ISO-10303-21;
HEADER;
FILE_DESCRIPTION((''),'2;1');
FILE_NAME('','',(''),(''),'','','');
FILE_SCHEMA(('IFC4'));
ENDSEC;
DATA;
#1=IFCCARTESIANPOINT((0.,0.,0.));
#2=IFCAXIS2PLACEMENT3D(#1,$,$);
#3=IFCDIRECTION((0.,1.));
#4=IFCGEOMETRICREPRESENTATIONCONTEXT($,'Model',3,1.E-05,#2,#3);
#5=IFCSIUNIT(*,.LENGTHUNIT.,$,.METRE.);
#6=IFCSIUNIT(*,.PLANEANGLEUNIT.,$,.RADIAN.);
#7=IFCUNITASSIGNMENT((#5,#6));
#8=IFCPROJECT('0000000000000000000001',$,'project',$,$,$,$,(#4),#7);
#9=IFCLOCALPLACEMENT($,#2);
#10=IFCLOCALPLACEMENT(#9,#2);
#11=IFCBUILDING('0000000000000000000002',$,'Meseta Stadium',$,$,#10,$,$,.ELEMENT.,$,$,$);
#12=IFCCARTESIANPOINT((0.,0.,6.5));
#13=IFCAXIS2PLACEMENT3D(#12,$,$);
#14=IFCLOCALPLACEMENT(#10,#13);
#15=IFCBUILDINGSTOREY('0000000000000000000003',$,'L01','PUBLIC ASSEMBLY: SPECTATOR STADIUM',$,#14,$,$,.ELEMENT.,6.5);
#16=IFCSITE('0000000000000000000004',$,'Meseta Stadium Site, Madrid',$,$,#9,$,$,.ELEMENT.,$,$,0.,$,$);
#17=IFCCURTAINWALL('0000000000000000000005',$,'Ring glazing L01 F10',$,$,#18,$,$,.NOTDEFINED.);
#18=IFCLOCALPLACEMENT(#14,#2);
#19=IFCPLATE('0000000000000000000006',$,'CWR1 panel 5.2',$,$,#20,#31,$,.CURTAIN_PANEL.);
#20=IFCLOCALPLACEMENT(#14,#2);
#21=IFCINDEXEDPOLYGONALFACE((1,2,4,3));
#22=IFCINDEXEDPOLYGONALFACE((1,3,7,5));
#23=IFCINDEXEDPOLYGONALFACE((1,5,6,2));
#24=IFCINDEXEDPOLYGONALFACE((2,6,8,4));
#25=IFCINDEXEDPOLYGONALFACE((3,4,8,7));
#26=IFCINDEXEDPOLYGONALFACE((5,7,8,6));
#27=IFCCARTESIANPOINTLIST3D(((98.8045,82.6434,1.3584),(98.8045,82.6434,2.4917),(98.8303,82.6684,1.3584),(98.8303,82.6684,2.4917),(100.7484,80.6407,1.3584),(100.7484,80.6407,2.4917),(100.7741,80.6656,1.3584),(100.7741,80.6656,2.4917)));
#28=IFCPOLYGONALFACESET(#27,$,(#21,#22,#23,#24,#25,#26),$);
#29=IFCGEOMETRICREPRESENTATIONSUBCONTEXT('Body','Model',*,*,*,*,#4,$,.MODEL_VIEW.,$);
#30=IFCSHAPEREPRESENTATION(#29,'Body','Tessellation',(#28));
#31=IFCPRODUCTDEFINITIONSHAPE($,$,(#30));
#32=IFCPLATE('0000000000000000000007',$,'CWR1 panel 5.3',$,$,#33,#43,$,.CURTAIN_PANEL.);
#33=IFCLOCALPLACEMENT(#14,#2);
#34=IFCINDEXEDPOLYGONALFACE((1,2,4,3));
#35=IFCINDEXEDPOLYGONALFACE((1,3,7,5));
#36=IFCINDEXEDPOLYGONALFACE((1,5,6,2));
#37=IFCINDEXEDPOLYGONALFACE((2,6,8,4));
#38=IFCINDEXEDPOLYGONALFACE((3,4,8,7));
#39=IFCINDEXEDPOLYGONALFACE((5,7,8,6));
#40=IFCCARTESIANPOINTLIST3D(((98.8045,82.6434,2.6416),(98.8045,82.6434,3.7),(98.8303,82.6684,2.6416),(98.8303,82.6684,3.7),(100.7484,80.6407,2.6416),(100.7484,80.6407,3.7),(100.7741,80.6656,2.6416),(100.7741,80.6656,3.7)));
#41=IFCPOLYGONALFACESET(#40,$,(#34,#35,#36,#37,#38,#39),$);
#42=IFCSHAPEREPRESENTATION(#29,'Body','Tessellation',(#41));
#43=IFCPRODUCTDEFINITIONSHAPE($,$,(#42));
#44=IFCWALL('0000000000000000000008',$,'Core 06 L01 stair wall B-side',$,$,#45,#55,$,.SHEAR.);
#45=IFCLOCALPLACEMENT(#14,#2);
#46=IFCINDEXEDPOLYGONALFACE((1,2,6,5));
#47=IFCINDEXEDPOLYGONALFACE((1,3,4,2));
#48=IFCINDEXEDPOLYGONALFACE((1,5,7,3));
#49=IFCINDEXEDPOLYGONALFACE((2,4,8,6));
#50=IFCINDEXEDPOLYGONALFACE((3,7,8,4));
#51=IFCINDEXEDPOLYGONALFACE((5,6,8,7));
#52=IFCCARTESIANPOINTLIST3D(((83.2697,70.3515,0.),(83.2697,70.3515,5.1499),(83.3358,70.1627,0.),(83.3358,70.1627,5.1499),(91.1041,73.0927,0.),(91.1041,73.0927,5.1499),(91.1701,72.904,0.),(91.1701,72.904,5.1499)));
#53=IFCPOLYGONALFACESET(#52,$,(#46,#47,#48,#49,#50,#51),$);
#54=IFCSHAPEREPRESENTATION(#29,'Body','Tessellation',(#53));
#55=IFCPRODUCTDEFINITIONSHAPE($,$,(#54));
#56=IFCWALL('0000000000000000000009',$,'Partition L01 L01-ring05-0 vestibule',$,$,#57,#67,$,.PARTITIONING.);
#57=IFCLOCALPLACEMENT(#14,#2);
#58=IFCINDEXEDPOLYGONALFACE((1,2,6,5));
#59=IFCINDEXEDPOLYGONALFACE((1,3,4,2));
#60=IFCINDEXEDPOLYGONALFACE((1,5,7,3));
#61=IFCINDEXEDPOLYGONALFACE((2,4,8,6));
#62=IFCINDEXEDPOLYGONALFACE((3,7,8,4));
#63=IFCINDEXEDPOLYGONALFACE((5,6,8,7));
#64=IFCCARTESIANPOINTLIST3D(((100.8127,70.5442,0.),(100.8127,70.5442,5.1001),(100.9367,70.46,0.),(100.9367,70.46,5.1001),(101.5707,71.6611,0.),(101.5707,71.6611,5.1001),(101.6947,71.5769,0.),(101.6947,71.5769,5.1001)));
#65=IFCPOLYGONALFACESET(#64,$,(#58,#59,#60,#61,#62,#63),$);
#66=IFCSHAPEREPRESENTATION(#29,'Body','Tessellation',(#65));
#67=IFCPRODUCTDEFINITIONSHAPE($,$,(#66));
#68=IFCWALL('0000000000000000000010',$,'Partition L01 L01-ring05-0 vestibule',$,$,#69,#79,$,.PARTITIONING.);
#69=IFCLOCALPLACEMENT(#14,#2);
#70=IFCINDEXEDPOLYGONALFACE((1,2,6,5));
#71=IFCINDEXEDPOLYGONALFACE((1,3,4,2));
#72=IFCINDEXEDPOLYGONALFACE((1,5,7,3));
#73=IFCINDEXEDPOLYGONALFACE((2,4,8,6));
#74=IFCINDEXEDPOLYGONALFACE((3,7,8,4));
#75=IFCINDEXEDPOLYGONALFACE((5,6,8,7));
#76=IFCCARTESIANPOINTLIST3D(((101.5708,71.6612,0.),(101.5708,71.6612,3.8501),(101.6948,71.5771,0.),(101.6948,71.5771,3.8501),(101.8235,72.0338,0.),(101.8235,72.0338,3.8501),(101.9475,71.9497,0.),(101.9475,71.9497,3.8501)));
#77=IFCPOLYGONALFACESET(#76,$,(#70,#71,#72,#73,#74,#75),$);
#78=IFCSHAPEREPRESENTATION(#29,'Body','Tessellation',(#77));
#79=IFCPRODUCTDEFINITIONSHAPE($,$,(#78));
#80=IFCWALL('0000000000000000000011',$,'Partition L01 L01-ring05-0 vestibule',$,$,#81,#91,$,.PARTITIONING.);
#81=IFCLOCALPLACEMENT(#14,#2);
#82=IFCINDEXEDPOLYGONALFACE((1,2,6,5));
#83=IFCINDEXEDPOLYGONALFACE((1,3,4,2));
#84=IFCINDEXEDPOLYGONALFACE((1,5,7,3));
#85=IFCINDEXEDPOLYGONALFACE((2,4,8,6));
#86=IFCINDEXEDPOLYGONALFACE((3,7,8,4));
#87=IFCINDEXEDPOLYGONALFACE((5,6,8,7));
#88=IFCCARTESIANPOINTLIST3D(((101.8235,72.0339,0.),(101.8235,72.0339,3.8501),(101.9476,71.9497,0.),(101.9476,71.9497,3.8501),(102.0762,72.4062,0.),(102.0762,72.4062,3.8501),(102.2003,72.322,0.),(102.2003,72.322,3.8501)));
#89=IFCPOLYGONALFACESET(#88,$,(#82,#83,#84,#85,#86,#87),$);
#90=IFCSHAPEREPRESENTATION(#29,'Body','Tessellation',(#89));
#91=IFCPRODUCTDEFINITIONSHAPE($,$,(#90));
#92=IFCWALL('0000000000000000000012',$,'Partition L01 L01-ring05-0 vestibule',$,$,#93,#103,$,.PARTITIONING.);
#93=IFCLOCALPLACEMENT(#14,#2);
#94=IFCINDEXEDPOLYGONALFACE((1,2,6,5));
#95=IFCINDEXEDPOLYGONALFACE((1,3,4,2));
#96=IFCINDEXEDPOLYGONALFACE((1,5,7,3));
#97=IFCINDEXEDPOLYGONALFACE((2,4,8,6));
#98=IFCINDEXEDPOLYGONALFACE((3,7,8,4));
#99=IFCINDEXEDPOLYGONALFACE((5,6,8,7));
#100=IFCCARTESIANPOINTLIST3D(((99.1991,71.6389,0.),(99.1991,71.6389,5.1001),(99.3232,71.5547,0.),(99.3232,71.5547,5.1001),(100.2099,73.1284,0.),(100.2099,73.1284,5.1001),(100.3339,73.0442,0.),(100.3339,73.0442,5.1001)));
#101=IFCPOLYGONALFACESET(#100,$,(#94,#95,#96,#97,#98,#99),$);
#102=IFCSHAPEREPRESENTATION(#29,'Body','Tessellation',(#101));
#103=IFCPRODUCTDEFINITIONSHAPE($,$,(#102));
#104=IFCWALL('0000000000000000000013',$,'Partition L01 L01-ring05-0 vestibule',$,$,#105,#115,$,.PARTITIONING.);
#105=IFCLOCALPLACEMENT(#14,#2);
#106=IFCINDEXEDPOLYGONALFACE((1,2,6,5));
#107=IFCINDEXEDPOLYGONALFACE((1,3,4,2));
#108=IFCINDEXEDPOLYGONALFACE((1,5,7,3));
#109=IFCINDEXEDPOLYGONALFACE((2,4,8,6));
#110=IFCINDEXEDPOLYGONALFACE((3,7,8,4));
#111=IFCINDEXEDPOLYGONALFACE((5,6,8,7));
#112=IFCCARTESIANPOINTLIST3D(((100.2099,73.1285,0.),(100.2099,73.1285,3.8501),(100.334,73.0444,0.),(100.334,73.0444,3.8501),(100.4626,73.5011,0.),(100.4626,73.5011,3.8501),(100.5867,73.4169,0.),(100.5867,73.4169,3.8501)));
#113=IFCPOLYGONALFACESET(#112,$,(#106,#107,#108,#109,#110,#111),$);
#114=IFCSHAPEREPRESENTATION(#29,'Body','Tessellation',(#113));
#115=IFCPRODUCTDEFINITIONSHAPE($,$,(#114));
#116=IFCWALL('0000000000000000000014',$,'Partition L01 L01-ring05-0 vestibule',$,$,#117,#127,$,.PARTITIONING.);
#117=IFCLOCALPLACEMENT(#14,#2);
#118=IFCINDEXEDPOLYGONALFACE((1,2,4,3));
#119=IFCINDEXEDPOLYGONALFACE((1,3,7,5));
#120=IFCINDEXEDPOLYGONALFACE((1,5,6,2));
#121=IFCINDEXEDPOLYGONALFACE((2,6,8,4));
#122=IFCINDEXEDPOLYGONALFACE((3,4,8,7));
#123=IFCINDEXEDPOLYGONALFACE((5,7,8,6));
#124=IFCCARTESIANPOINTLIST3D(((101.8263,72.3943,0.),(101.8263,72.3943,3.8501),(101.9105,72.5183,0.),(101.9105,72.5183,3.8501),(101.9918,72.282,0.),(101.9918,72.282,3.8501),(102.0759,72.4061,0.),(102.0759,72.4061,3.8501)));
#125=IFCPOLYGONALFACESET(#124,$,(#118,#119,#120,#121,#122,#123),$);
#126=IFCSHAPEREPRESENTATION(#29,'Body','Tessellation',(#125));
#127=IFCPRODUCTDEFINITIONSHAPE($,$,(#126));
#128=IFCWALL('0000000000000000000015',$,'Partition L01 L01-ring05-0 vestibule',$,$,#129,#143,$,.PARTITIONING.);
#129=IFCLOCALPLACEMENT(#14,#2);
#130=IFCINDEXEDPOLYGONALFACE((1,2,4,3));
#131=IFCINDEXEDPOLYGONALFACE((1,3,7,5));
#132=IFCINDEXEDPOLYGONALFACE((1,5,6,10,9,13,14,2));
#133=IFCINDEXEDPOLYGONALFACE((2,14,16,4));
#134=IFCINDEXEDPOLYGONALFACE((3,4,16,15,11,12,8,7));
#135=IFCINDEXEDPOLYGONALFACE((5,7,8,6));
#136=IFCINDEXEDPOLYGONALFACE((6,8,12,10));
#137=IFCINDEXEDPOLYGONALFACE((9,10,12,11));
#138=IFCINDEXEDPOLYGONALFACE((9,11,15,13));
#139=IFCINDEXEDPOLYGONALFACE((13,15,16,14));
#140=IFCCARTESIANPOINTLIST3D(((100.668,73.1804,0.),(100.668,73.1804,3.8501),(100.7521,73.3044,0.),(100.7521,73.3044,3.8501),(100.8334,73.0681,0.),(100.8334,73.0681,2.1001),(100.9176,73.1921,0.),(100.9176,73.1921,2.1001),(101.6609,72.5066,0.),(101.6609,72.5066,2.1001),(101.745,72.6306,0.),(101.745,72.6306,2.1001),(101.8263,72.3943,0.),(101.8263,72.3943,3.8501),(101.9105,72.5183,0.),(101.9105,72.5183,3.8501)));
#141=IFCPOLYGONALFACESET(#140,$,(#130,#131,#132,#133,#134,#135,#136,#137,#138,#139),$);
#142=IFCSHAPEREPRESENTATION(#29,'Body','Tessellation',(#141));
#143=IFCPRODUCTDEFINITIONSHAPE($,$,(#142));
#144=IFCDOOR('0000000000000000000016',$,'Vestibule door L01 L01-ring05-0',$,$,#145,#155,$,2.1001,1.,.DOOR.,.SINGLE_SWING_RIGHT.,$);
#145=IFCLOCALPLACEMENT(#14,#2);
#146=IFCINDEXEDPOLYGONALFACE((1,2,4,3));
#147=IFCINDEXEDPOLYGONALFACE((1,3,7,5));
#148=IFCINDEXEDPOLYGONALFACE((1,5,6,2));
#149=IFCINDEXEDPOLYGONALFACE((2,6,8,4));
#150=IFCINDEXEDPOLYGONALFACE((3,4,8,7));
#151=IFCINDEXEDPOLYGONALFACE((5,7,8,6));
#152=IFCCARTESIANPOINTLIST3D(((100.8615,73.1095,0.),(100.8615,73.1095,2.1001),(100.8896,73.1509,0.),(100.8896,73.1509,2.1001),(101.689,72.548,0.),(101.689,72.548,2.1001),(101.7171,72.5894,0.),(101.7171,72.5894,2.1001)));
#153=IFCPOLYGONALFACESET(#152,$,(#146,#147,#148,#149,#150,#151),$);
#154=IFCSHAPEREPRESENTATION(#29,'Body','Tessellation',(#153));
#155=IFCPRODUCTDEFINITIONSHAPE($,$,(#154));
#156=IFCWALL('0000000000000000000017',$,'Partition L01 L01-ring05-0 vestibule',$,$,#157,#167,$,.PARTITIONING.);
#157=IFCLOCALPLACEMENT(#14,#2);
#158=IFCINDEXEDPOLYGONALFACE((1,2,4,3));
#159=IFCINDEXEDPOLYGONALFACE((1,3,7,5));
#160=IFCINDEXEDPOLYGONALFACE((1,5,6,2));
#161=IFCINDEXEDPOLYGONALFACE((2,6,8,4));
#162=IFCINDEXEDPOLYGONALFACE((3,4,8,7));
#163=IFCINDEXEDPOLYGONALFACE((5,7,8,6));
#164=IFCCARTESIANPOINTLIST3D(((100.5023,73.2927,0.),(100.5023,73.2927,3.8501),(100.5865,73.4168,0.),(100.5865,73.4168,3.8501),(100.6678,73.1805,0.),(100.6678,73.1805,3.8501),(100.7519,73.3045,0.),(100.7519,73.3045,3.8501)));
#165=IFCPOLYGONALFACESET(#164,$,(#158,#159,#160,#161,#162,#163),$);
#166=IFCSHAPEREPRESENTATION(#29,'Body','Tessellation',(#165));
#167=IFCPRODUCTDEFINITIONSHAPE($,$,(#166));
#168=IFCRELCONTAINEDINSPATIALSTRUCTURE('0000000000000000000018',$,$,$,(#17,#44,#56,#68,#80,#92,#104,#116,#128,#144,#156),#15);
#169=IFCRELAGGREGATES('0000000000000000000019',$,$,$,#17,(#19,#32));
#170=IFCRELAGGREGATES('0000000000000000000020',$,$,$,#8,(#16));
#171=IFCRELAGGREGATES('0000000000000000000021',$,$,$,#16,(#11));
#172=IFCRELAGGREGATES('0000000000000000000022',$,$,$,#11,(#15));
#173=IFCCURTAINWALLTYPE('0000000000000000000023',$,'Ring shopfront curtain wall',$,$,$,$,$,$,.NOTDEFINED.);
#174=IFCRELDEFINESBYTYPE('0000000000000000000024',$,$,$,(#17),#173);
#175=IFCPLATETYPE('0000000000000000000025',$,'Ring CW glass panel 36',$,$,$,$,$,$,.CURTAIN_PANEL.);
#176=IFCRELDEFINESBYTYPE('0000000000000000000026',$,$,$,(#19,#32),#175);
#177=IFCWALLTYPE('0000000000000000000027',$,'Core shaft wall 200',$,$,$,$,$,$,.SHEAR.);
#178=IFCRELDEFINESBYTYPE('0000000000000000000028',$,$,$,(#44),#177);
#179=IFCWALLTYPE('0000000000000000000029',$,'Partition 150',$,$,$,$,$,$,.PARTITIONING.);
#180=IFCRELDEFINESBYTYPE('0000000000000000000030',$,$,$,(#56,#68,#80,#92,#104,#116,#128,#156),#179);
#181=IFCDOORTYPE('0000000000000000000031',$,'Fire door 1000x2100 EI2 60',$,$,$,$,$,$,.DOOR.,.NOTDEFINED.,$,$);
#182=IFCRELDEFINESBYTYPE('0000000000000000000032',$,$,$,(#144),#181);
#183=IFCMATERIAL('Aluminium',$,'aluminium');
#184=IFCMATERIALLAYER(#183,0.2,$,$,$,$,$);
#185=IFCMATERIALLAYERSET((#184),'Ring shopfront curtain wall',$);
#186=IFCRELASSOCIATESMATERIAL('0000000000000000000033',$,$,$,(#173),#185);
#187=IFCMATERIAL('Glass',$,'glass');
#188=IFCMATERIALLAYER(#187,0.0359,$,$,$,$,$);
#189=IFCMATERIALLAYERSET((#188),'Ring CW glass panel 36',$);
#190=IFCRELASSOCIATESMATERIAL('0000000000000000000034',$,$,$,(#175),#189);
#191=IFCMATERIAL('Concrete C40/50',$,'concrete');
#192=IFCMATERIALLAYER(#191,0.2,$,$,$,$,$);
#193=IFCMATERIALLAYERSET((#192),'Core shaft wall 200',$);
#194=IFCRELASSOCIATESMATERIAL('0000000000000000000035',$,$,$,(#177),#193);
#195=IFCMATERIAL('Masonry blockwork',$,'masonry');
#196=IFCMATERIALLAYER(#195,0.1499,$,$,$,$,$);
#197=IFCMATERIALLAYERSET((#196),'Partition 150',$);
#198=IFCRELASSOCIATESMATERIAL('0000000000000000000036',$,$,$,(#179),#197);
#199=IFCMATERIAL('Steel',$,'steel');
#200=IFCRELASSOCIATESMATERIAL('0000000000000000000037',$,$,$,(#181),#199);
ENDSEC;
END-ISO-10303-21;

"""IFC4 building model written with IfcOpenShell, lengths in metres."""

from ifc_helpers import new_model, si_unit, direction, frame, frame_2d, origin, origin_2d, place, context, subcontext, project, spatial, rectangle, extrude, material, layer, layer_set, type_object, element, fill, aggregate, save


model = new_model("IFC4")

# Units and contexts
model_context = context("Model", 3, precision=1e-05, world=origin(), true_north=direction((0.0, 1.0)))
body_context = subcontext(model_context, "Body", "Model", "MODEL_VIEW")
ifc_project = project(units=[si_unit("LENGTHUNIT", "METRE"), si_unit("PLANEANGLEUNIT", "RADIAN")], contexts=[model_context])

# Site, building, storey
site_placement = place(None, origin())
site = spatial("IfcSite", under=ifc_project, at=site_placement, Name="Meseta Stadium Site, Madrid", CompositionType="ELEMENT", RefElevation=0.0)
building_placement = place(site_placement, origin())
building = spatial("IfcBuilding", under=site, at=building_placement, Name="Meseta Stadium", CompositionType="ELEMENT")
storey_placement = place(building_placement, frame((0.0, 0.0, 6.5)))
storey = spatial("IfcBuildingStorey", under=building, at=storey_placement, Name="L01", Description="PUBLIC ASSEMBLY: SPECTATOR STADIUM", CompositionType="ELEMENT", Elevation=6.5)

# Curtain wall
ifc_material_1 = material(Name="Aluminium", Category="aluminium")
ifc_layer_1 = layer(ifc_material_1, 0.2)
ifc_layer_set_1 = layer_set([ifc_layer_1], Name="Ring shopfront curtain wall")
curtain_wall_type = type_object("IfcCurtainWallType", Name="Ring shopfront curtain wall", PredefinedType="NOTDEFINED", material=ifc_layer_set_1)
curtain_wall_1_placement = place(storey_placement, origin())
curtain_wall_1 = element("IfcCurtainWall", 1, at=curtain_wall_1_placement, inside=storey, type_object=curtain_wall_type, Name="Ring glazing L01 F10", PredefinedType="NOTDEFINED")

# Plates
ifc_material_2 = material(Name="Glass", Category="glass")
ifc_layer_2 = layer(ifc_material_2, 0.0359)
ifc_layer_set_2 = layer_set([ifc_layer_2], Name="Ring CW glass panel 36")
plate_type = type_object("IfcPlateType", Name="Ring CW glass panel 36", PredefinedType="CURTAIN_PANEL", material=ifc_layer_set_2)
plate_1_placement = place(storey_placement, frame((99.7893, 81.6545, 1.3584), z_axis=(0.0, 0.0, 1.0), x_axis=(-0.696473, 0.717583, 0.0)))
plate_1 = element("IfcPlate", 2, at=plate_1_placement, type_object=plate_type, Name="CWR1 panel 5.2", PredefinedType="CURTAIN_PANEL", context=body_context, shape_type="SweptSolid", body=[
    extrude(rectangle(XDim=2.791, YDim=0.0359, at=origin_2d()), origin(), (0.0, 0.0, 1.0), 1.1333),
])
plate_2_placement = place(storey_placement, frame((99.7893, 81.6545, 2.6416), z_axis=(0.0, 0.0, 1.0), x_axis=(-0.696473, 0.717583, 0.0)))
plate_2 = element("IfcPlate", 3, at=plate_2_placement, type_object=plate_type, Name="CWR1 panel 5.3", PredefinedType="CURTAIN_PANEL", context=body_context, shape_type="SweptSolid", body=[
    extrude(rectangle(XDim=2.791, YDim=0.0359, at=origin_2d()), origin(), (0.0, 0.0, 1.0), 1.0583),
])
aggregate(curtain_wall_1, [plate_1, plate_2])

# Walls
ifc_material_3 = material(Name="Concrete C40/50", Category="concrete")
ifc_layer_3 = layer(ifc_material_3, 0.2)
ifc_layer_set_3 = layer_set([ifc_layer_3], Name="Core shaft wall 200")
wall_type_1 = type_object("IfcWallType", Name="Core shaft wall 200", PredefinedType="SHEAR", material=ifc_layer_set_3)
wall_1_placement = place(storey_placement, frame((91.137, 72.9983, 0.0), z_axis=(0.0, 0.0, 1.0), x_axis=(-0.943887, -0.330268, 0.0)))
element("IfcWall", 4, at=wall_1_placement, inside=storey, type_object=wall_type_1, Name="Core 06 L01 stair wall B-side", PredefinedType="SHEAR", context=body_context, shape_type="SweptSolid", body=[
    extrude(rectangle(XDim=8.3, YDim=0.2, at=frame_2d((4.1499, 0.0))), origin(), (0.0, 0.0, 1.0), 5.1499),
])
ifc_material_4 = material(Name="Masonry blockwork", Category="masonry")
ifc_layer_4 = layer(ifc_material_4, 0.1499)
ifc_layer_set_4 = layer_set([ifc_layer_4], Name="Partition 150")
wall_type_2 = type_object("IfcWallType", Name="Partition 150", PredefinedType="PARTITIONING", material=ifc_layer_set_4)
wall_2_placement = place(storey_placement, frame((100.8748, 70.5022, 0.0), z_axis=(0.0, 0.0, 1.0), x_axis=(0.561568, 0.827431, 0.0)))
element("IfcWall", 5, at=wall_2_placement, inside=storey, type_object=wall_type_2, Name="Partition L01 L01-ring05-0 vestibule", PredefinedType="PARTITIONING", context=body_context, shape_type="SweptSolid", body=[
    extrude(rectangle(XDim=1.3499, YDim=0.1499, at=frame_2d((0.6748, 0.0))), origin(), (0.0, 0.0, 1.0), 5.1001),
])
wall_3_placement = place(storey_placement, frame((101.6328, 71.6191, 0.0), z_axis=(0.0, 0.0, 1.0), x_axis=(0.561316, 0.827602, 0.0)))
element("IfcWall", 6, at=wall_3_placement, inside=storey, type_object=wall_type_2, Name="Partition L01 L01-ring05-0 vestibule", PredefinedType="PARTITIONING", context=body_context, shape_type="SweptSolid", body=[
    extrude(rectangle(XDim=0.4502, YDim=0.1499, at=frame_2d((0.2251, 0.0))), origin(), (0.0, 0.0, 1.0), 3.8501),
])
wall_4_placement = place(storey_placement, frame((101.8855, 71.9917, 0.0), z_axis=(0.0, 0.0, 1.0), x_axis=(0.561568, 0.827431, 0.0)))
element("IfcWall", 7, at=wall_4_placement, inside=storey, type_object=wall_type_2, Name="Partition L01 L01-ring05-0 vestibule", PredefinedType="PARTITIONING", context=body_context, shape_type="SweptSolid", body=[
    extrude(rectangle(XDim=0.45, YDim=0.1499, at=frame_2d((0.2251, 0.0))), origin(), (0.0, 0.0, 1.0), 3.8501),
])
wall_5_placement = place(storey_placement, frame((99.2612, 71.5969, 0.0), z_axis=(0.0, 0.0, 1.0), x_axis=(0.561505, 0.827474, 0.0)))
element("IfcWall", 8, at=wall_5_placement, inside=storey, type_object=wall_type_2, Name="Partition L01 L01-ring05-0 vestibule", PredefinedType="PARTITIONING", context=body_context, shape_type="SweptSolid", body=[
    extrude(rectangle(XDim=1.8, YDim=0.1499, at=frame_2d((0.8999, 0.0))), origin(), (0.0, 0.0, 1.0), 5.1001),
])
wall_6_placement = place(storey_placement, frame((100.272, 73.0864, 0.0), z_axis=(0.0, 0.0, 1.0), x_axis=(0.561316, 0.827602, 0.0)))
element("IfcWall", 9, at=wall_6_placement, inside=storey, type_object=wall_type_2, Name="Partition L01 L01-ring05-0 vestibule", PredefinedType="PARTITIONING", context=body_context, shape_type="SweptSolid", body=[
    extrude(rectangle(XDim=0.4502, YDim=0.1499, at=frame_2d((0.2251, 0.0))), origin(), (0.0, 0.0, 1.0), 3.8501),
])
wall_7_placement = place(storey_placement, frame((102.0339, 72.344, 0.0), z_axis=(0.0, 0.0, 1.0), x_axis=(-0.827516, 0.561442, 0.0)))
element("IfcWall", 10, at=wall_7_placement, inside=storey, type_object=wall_type_2, Name="Partition L01 L01-ring05-0 vestibule", PredefinedType="PARTITIONING", context=body_context, shape_type="SweptSolid", body=[
    extrude(rectangle(XDim=0.2, YDim=0.1499, at=frame_2d((0.1001, 0.0))), origin(), (0.0, 0.0, 1.0), 3.8501),
])

# Wall, opening, door
wall_8_placement = place(storey_placement, frame((101.8684, 72.4563, 0.0), z_axis=(0.0, 0.0, 1.0), x_axis=(-0.827461, 0.561523, 0.0)))
wall_8 = element("IfcWall", 11, at=wall_8_placement, inside=storey, type_object=wall_type_2, Name="Partition L01 L01-ring05-0 vestibule", PredefinedType="PARTITIONING", context=body_context, shape_type="SweptSolid", body=[
    extrude(rectangle(XDim=1.3999, YDim=0.1499, at=frame_2d((0.7, 0.0))), origin(), (0.0, 0.0, 1.0), 3.8501),
])
opening_placement = place(wall_8_placement, frame((0.2, 0.0, 0.0)))
opening = element("IfcOpeningElement", 12, at=opening_placement, cuts=wall_8, PredefinedType="OPENING", context=body_context, shape_type="SweptSolid", body=[
    extrude(rectangle(XDim=1.0, YDim=2.1001, at=frame_2d((0.5, 1.05))), frame((0.0, 0.085, 0.0), z_axis=(0.0, -1.0, 0.0), x_axis=(1.0, 0.0, 0.0)), (0.0, 0.0, 1.0), 0.1699),
])
ifc_material_5 = material(Name="Steel", Category="steel")
door_type = type_object("IfcDoorType", Name="Fire door 1000x2100 EI2 60", OperationType="NOTDEFINED", PredefinedType="DOOR", material=ifc_material_5)
door_placement = place(opening_placement, origin())
door = element("IfcDoor", 13, at=door_placement, inside=storey, type_object=door_type, Name="Vestibule door L01 L01-ring05-0", OperationType="SINGLE_SWING_RIGHT", OverallHeight=2.1001, OverallWidth=1.0, PredefinedType="DOOR", context=body_context, shape_type="SweptSolid", body=[
    extrude(rectangle(XDim=1.0, YDim=2.1001, at=frame_2d((0.5, 1.05))), frame((0.0, 0.0249, 0.0), z_axis=(0.0, -1.0, 0.0), x_axis=(1.0, 0.0, 0.0)), (0.0, 0.0, 1.0), 0.05),
])
fill(opening, door)

# Wall
wall_9_placement = place(storey_placement, frame((100.71, 73.2424, 0.0), z_axis=(0.0, 0.0, 1.0), x_axis=(-0.827516, 0.561442, 0.0)))
element("IfcWall", 14, at=wall_9_placement, inside=storey, type_object=wall_type_2, Name="Partition L01 L01-ring05-0 vestibule", PredefinedType="PARTITIONING", context=body_context, shape_type="SweptSolid", body=[
    extrude(rectangle(XDim=0.2, YDim=0.1499, at=frame_2d((0.1001, 0.0))), origin(), (0.0, 0.0, 1.0), 3.8501),
])

save(model, "model.ifc")
